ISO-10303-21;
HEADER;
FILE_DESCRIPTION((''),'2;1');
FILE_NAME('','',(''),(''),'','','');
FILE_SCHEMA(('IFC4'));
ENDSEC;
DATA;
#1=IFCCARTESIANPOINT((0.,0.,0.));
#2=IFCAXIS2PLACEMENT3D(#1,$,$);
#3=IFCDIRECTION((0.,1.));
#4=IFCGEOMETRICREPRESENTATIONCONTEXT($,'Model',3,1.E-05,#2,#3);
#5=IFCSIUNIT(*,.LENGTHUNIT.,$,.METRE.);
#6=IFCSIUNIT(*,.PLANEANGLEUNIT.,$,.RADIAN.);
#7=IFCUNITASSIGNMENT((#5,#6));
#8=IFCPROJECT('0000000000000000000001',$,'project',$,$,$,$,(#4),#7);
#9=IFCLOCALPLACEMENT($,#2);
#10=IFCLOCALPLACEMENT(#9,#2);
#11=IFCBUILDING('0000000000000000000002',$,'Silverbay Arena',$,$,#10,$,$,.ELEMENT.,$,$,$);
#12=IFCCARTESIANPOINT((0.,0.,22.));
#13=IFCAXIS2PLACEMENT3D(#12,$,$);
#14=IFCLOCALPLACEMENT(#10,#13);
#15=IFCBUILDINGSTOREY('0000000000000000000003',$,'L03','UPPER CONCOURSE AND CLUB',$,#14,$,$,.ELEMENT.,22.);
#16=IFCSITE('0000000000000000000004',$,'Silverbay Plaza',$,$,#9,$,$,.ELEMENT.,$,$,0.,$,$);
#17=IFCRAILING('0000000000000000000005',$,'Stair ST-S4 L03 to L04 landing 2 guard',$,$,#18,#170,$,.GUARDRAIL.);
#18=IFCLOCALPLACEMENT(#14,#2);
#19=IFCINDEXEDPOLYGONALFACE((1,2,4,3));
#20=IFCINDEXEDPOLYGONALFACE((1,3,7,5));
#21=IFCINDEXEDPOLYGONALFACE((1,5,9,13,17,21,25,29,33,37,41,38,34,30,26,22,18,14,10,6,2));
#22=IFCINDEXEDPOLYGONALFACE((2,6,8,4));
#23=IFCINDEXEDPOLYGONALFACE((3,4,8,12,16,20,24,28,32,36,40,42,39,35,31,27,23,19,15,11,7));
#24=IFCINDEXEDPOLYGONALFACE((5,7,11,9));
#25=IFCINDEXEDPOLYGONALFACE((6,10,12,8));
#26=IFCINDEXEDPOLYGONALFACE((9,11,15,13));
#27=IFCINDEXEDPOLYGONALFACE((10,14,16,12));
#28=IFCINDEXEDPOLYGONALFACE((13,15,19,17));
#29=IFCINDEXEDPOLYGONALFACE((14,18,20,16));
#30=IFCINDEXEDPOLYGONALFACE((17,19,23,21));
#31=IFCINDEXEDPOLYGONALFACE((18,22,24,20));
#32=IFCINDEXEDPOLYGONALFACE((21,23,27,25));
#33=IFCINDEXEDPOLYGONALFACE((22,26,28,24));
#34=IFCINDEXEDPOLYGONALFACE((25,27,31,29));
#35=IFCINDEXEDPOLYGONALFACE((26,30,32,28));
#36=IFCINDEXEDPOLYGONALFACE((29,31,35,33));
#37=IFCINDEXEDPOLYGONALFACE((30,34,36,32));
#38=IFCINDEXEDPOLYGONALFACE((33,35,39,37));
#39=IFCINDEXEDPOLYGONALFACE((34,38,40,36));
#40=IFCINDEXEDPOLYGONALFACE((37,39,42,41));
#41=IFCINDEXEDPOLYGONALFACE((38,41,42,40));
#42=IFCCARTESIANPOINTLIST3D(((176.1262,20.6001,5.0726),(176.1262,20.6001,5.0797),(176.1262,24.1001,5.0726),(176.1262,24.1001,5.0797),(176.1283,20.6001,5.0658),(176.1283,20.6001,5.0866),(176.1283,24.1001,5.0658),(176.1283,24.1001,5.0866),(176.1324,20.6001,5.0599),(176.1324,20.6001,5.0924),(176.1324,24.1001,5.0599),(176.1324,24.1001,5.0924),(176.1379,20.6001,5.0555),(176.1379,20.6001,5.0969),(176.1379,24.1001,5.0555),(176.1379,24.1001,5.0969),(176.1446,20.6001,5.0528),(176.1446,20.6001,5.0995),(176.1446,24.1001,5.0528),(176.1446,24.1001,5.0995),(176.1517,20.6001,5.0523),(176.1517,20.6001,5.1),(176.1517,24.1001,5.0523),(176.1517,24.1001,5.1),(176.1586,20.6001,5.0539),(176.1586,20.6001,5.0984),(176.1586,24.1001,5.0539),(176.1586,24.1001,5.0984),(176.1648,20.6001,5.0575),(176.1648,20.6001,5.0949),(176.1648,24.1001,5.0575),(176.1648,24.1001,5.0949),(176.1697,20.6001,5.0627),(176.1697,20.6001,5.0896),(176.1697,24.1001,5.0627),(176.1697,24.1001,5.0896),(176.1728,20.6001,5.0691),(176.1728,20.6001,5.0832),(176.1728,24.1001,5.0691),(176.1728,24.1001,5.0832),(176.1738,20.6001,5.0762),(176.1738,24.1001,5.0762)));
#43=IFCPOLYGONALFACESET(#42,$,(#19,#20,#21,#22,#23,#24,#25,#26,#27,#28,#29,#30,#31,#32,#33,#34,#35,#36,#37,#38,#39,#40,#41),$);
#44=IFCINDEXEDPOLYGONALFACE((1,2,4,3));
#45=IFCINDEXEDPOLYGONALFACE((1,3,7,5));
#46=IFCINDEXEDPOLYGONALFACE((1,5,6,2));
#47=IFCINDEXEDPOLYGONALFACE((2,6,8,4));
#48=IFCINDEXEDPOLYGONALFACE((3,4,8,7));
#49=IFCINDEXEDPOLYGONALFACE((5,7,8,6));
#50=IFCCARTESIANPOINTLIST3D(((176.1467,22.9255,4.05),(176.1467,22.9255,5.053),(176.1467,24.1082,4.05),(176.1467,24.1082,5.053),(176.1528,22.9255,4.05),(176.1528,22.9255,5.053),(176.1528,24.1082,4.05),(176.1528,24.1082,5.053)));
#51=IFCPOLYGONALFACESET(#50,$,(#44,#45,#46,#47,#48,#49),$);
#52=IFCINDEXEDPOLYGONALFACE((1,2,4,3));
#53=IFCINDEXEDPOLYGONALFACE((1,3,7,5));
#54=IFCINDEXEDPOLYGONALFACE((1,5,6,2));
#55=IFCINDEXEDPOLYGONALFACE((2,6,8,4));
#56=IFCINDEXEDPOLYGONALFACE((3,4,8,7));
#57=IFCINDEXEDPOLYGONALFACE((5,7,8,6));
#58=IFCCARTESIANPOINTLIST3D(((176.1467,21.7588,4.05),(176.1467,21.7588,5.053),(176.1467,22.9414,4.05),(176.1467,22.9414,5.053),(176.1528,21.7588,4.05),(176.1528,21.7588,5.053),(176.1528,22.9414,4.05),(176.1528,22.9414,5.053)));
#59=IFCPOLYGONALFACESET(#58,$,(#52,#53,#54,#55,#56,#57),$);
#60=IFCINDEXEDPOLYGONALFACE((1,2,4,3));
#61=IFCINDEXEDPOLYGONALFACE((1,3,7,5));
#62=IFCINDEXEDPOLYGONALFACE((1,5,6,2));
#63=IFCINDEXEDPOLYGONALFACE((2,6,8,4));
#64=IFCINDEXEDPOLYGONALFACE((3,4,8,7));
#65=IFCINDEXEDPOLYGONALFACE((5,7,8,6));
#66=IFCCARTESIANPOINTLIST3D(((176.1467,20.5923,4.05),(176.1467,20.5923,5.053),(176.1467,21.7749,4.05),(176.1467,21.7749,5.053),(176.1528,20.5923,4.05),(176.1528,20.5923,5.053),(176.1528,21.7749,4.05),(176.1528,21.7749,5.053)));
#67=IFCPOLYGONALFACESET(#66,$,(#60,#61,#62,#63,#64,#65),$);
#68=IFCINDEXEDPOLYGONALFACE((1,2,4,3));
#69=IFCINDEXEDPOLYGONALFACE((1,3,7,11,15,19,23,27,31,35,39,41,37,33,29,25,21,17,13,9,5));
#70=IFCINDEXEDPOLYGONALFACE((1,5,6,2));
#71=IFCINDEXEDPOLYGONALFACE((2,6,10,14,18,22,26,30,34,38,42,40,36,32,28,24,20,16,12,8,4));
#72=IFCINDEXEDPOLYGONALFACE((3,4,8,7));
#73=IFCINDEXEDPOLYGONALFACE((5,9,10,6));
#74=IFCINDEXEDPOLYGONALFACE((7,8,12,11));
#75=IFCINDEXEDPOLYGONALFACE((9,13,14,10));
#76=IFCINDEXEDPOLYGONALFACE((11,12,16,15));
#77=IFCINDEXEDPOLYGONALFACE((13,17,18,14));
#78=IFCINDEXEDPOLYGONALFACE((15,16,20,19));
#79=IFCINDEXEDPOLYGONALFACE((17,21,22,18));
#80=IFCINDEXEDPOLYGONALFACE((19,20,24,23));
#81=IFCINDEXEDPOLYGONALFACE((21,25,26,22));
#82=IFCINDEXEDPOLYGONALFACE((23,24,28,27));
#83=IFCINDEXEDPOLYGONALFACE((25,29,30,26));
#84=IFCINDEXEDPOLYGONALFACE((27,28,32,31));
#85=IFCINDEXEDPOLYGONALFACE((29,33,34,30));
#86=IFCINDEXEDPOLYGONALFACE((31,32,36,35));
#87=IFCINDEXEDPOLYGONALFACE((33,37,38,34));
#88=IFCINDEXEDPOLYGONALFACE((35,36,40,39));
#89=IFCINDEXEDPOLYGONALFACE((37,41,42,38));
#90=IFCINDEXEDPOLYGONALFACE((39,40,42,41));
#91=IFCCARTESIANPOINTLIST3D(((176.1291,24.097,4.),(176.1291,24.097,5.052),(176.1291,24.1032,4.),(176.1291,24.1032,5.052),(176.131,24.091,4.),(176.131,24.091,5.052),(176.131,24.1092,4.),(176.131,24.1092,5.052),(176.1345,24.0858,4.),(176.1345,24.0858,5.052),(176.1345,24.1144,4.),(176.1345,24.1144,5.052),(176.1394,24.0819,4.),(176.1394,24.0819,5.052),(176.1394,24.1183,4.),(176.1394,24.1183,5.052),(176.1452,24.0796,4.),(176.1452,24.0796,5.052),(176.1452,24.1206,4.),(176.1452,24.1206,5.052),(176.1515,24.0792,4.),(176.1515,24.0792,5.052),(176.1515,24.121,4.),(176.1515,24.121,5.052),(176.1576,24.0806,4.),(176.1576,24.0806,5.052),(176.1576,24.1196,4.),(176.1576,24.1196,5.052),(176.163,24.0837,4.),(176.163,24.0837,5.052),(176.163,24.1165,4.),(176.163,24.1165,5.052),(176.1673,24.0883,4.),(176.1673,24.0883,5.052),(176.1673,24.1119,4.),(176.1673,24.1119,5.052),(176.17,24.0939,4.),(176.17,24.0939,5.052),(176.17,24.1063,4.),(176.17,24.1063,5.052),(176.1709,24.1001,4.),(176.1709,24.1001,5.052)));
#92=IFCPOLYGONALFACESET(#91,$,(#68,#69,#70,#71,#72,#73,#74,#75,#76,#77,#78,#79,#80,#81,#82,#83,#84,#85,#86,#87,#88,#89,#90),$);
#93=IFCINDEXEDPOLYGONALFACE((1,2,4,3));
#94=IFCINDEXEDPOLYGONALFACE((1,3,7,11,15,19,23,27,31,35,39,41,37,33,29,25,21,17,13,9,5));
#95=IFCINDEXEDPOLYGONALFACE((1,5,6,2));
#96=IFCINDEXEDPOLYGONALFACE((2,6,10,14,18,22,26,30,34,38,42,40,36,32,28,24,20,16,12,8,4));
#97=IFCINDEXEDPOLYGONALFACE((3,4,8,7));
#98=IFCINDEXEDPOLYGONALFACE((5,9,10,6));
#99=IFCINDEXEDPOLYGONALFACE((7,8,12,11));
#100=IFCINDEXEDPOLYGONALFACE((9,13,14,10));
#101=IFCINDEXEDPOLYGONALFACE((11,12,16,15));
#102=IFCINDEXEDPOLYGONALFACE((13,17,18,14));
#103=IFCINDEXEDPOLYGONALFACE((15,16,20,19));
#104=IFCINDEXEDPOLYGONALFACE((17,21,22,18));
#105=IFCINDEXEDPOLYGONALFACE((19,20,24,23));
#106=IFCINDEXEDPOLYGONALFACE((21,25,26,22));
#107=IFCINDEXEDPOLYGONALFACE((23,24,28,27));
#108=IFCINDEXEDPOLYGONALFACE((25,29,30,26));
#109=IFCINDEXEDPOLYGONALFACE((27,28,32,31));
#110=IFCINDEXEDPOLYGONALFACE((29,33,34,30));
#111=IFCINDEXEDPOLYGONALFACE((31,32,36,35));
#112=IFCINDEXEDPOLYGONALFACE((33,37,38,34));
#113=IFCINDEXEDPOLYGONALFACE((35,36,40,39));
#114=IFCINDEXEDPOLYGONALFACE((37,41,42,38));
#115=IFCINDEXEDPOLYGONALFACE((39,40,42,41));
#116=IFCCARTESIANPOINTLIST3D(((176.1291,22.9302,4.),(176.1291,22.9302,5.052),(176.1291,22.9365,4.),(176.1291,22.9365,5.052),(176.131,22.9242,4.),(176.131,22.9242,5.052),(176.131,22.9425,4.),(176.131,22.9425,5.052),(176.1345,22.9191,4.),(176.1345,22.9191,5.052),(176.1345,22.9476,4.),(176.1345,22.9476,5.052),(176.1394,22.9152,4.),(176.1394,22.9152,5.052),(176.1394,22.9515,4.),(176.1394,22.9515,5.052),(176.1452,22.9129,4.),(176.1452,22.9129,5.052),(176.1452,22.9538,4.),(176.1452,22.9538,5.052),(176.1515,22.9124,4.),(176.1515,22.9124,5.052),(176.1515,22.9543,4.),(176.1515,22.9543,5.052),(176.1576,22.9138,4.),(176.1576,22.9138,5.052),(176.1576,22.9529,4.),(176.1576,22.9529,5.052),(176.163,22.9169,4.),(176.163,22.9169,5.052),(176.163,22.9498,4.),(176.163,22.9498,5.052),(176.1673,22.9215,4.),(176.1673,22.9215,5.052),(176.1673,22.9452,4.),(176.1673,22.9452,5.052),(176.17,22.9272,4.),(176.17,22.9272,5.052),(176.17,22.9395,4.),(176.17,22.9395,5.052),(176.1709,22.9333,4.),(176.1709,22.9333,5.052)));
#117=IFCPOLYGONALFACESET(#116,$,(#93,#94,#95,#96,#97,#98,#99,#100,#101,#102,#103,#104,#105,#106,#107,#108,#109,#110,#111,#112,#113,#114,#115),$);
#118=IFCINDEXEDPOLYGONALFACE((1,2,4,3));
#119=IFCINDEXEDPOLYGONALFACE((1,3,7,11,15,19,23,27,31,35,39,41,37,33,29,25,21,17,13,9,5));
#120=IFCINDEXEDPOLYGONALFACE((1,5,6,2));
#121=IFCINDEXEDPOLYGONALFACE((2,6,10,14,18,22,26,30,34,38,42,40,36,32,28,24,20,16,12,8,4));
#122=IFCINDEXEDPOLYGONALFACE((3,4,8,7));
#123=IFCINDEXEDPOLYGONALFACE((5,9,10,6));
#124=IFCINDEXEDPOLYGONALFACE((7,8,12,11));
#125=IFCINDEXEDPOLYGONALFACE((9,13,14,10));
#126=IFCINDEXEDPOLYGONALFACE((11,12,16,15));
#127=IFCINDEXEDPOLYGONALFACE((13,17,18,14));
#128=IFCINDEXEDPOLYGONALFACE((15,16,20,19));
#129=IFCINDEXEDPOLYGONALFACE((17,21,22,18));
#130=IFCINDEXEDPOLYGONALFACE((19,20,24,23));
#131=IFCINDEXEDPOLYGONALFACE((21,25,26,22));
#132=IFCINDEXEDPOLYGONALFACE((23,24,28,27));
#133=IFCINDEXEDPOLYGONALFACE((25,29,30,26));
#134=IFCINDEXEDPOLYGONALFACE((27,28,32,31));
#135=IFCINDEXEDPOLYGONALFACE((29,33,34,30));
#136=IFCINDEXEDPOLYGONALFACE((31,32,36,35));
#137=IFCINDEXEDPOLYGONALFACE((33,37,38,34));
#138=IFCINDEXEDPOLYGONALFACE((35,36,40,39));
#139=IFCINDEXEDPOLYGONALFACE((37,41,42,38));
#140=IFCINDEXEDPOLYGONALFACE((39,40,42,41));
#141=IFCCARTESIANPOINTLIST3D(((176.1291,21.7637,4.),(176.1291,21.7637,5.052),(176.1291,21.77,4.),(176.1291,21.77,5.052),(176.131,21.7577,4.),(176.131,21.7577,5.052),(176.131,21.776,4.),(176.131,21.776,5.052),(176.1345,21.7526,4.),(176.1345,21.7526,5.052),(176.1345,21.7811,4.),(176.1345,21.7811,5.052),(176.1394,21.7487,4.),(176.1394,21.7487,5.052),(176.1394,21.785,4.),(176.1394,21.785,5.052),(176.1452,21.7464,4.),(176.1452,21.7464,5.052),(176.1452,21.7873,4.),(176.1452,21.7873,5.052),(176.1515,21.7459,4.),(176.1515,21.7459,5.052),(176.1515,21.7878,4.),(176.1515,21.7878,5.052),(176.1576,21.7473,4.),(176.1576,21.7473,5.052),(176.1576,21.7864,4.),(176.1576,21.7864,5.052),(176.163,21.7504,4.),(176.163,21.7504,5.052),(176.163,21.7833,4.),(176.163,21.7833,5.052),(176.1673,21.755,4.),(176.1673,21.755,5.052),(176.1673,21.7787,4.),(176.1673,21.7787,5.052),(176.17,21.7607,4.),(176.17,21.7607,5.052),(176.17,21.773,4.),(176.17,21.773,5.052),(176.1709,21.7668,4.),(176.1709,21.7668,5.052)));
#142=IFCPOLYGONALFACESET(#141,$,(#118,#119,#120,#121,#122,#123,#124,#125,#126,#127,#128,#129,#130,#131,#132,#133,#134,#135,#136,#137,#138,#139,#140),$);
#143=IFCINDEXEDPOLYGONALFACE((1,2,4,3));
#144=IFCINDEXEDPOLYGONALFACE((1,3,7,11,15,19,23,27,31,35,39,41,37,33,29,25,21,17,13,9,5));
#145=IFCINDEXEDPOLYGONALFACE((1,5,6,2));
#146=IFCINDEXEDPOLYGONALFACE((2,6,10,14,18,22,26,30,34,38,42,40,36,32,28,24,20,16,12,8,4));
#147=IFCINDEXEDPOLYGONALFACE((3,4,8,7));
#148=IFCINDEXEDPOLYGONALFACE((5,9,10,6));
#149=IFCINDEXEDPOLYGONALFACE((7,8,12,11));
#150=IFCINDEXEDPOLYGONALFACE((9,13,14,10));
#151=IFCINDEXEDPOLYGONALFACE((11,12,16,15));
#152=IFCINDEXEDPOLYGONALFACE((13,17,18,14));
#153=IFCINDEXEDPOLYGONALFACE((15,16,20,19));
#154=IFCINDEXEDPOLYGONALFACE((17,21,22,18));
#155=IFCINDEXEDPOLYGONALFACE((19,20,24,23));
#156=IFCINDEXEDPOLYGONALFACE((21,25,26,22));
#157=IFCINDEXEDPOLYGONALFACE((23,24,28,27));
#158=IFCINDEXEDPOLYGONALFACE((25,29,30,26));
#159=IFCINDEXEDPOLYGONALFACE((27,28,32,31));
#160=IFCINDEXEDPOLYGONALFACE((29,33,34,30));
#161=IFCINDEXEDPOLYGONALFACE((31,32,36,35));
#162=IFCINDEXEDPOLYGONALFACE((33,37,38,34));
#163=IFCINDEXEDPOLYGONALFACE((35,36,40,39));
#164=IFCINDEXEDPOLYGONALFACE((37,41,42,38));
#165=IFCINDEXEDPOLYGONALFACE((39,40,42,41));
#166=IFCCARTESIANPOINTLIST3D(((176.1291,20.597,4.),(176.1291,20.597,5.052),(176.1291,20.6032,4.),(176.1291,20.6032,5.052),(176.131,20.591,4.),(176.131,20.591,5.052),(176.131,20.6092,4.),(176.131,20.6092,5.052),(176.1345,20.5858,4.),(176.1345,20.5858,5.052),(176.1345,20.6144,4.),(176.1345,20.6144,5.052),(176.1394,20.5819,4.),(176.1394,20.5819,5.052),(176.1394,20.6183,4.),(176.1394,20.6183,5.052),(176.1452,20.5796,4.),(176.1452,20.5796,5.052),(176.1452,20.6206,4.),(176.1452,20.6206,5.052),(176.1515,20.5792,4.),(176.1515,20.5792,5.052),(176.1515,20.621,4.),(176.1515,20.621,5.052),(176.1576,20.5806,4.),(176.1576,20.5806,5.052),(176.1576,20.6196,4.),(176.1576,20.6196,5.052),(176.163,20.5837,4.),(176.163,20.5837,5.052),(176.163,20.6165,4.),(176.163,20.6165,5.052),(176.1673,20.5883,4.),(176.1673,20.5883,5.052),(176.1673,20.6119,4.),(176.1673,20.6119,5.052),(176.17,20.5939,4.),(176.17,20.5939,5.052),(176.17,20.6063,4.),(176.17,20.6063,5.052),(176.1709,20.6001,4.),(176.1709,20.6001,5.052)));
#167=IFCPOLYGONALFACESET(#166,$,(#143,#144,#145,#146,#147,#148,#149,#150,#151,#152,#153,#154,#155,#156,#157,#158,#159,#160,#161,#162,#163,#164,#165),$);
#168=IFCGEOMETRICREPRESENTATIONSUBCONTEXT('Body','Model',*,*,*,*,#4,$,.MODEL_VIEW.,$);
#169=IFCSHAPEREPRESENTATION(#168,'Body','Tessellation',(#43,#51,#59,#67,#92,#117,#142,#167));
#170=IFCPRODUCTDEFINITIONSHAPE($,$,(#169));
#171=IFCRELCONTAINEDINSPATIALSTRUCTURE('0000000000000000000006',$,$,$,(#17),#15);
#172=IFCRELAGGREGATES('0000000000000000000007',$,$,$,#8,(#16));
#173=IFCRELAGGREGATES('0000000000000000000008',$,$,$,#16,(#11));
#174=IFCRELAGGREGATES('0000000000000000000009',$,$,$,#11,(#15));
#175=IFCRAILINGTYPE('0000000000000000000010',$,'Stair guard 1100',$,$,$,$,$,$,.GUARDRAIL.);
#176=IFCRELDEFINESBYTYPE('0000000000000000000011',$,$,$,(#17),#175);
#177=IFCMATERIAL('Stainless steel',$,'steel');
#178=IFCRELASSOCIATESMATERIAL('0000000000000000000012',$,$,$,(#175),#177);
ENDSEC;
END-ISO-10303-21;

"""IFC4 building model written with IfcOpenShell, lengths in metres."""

from ifc_helpers import new_model, si_unit, direction, frame, origin, origin_2d, place, context, subcontext, project, spatial, polyline, circle, outline, extrude, material, type_object, element, save


model = new_model("IFC4")

# Units and contexts
model_context = context("Model", 3, precision=1e-05, world=origin(), true_north=direction((0.0, 1.0)))
body_context = subcontext(model_context, "Body", "Model", "MODEL_VIEW")
ifc_project = project(units=[si_unit("LENGTHUNIT", "METRE"), si_unit("PLANEANGLEUNIT", "RADIAN")], contexts=[model_context])

# Site, building, storey
site_placement = place(None, origin())
site = spatial("IfcSite", under=ifc_project, at=site_placement, Name="Silverbay Plaza", CompositionType="ELEMENT", RefElevation=0.0)
building_placement = place(site_placement, origin())
building = spatial("IfcBuilding", under=site, at=building_placement, Name="Silverbay Arena", CompositionType="ELEMENT")
storey_placement = place(building_placement, frame((0.0, 0.0, 22.0)))
storey = spatial("IfcBuildingStorey", under=building, at=storey_placement, Name="L03", Description="UPPER CONCOURSE AND CLUB", CompositionType="ELEMENT", Elevation=22.0)

# Railing
ifc_material_1 = material(Name="Stainless steel", Category="steel")
railing_type_1 = type_object("IfcRailingType", Name="Stair guard 1100", PredefinedType="GUARDRAIL", material=ifc_material_1)
for number, where, name in (
    (1, (176.1499, 24.1001, 4.0), "Stair ST-S4 L03 to L04 landing 2 guard"),
):
    element("IfcRailing", number, at=place(storey_placement, frame(where)), inside=storey, type_object=railing_type_1, Name=name, PredefinedType="GUARDRAIL", context=body_context, shape_type="SweptSolid", body=[
        extrude(circle(Radius=0.0239, at=origin_2d()), frame((0.0, 0.0, 1.0762), z_axis=(0.0, -1.0, 0.0), x_axis=(1.0, 0.0, 0.0)), (0.0, 0.0, 1.0), 3.5),
        extrude(outline(polyline([(-0.0081, 0.05), (1.1746, 0.05), (1.1746, 1.053), (-0.0081, 1.053), (-0.0081, 0.05)])), frame((0.0029, 0.0, 0.0), z_axis=(-1.0, 0.0, 0.0), x_axis=(0.0, -1.0, 0.0)), (0.0, 0.0, 1.0), 0.0061),
        extrude(outline(polyline([(-0.0081, 0.05), (1.1746, 0.05), (1.1746, 1.053), (-0.0081, 1.053), (-0.0081, 0.05)])), frame((0.0029, -1.1667, 0.0), z_axis=(-1.0, 0.0, 0.0), x_axis=(0.0, -1.0, 0.0)), (0.0, 0.0, 1.0), 0.0061),
        extrude(outline(polyline([(-0.0081, 0.05), (1.1746, 0.05), (1.1746, 1.053), (-0.0081, 1.053), (-0.0081, 0.05)])), frame((0.0029, -2.3333, 0.0), z_axis=(-1.0, 0.0, 0.0), x_axis=(0.0, -1.0, 0.0)), (0.0, 0.0, 1.0), 0.0061),
        extrude(circle(Radius=0.021, at=origin_2d()), origin(), (0.0, 0.0, 1.0), 1.052),
        extrude(circle(Radius=0.021, at=origin_2d()), frame((0.0, -1.1667, 0.0)), (0.0, 0.0, 1.0), 1.052),
        extrude(circle(Radius=0.021, at=origin_2d()), frame((0.0, -2.3333, 0.0)), (0.0, 0.0, 1.0), 1.052),
        extrude(circle(Radius=0.021, at=origin_2d()), frame((0.0, -3.5, 0.0)), (0.0, 0.0, 1.0), 1.052),
    ])

save(model, "model.ifc")
